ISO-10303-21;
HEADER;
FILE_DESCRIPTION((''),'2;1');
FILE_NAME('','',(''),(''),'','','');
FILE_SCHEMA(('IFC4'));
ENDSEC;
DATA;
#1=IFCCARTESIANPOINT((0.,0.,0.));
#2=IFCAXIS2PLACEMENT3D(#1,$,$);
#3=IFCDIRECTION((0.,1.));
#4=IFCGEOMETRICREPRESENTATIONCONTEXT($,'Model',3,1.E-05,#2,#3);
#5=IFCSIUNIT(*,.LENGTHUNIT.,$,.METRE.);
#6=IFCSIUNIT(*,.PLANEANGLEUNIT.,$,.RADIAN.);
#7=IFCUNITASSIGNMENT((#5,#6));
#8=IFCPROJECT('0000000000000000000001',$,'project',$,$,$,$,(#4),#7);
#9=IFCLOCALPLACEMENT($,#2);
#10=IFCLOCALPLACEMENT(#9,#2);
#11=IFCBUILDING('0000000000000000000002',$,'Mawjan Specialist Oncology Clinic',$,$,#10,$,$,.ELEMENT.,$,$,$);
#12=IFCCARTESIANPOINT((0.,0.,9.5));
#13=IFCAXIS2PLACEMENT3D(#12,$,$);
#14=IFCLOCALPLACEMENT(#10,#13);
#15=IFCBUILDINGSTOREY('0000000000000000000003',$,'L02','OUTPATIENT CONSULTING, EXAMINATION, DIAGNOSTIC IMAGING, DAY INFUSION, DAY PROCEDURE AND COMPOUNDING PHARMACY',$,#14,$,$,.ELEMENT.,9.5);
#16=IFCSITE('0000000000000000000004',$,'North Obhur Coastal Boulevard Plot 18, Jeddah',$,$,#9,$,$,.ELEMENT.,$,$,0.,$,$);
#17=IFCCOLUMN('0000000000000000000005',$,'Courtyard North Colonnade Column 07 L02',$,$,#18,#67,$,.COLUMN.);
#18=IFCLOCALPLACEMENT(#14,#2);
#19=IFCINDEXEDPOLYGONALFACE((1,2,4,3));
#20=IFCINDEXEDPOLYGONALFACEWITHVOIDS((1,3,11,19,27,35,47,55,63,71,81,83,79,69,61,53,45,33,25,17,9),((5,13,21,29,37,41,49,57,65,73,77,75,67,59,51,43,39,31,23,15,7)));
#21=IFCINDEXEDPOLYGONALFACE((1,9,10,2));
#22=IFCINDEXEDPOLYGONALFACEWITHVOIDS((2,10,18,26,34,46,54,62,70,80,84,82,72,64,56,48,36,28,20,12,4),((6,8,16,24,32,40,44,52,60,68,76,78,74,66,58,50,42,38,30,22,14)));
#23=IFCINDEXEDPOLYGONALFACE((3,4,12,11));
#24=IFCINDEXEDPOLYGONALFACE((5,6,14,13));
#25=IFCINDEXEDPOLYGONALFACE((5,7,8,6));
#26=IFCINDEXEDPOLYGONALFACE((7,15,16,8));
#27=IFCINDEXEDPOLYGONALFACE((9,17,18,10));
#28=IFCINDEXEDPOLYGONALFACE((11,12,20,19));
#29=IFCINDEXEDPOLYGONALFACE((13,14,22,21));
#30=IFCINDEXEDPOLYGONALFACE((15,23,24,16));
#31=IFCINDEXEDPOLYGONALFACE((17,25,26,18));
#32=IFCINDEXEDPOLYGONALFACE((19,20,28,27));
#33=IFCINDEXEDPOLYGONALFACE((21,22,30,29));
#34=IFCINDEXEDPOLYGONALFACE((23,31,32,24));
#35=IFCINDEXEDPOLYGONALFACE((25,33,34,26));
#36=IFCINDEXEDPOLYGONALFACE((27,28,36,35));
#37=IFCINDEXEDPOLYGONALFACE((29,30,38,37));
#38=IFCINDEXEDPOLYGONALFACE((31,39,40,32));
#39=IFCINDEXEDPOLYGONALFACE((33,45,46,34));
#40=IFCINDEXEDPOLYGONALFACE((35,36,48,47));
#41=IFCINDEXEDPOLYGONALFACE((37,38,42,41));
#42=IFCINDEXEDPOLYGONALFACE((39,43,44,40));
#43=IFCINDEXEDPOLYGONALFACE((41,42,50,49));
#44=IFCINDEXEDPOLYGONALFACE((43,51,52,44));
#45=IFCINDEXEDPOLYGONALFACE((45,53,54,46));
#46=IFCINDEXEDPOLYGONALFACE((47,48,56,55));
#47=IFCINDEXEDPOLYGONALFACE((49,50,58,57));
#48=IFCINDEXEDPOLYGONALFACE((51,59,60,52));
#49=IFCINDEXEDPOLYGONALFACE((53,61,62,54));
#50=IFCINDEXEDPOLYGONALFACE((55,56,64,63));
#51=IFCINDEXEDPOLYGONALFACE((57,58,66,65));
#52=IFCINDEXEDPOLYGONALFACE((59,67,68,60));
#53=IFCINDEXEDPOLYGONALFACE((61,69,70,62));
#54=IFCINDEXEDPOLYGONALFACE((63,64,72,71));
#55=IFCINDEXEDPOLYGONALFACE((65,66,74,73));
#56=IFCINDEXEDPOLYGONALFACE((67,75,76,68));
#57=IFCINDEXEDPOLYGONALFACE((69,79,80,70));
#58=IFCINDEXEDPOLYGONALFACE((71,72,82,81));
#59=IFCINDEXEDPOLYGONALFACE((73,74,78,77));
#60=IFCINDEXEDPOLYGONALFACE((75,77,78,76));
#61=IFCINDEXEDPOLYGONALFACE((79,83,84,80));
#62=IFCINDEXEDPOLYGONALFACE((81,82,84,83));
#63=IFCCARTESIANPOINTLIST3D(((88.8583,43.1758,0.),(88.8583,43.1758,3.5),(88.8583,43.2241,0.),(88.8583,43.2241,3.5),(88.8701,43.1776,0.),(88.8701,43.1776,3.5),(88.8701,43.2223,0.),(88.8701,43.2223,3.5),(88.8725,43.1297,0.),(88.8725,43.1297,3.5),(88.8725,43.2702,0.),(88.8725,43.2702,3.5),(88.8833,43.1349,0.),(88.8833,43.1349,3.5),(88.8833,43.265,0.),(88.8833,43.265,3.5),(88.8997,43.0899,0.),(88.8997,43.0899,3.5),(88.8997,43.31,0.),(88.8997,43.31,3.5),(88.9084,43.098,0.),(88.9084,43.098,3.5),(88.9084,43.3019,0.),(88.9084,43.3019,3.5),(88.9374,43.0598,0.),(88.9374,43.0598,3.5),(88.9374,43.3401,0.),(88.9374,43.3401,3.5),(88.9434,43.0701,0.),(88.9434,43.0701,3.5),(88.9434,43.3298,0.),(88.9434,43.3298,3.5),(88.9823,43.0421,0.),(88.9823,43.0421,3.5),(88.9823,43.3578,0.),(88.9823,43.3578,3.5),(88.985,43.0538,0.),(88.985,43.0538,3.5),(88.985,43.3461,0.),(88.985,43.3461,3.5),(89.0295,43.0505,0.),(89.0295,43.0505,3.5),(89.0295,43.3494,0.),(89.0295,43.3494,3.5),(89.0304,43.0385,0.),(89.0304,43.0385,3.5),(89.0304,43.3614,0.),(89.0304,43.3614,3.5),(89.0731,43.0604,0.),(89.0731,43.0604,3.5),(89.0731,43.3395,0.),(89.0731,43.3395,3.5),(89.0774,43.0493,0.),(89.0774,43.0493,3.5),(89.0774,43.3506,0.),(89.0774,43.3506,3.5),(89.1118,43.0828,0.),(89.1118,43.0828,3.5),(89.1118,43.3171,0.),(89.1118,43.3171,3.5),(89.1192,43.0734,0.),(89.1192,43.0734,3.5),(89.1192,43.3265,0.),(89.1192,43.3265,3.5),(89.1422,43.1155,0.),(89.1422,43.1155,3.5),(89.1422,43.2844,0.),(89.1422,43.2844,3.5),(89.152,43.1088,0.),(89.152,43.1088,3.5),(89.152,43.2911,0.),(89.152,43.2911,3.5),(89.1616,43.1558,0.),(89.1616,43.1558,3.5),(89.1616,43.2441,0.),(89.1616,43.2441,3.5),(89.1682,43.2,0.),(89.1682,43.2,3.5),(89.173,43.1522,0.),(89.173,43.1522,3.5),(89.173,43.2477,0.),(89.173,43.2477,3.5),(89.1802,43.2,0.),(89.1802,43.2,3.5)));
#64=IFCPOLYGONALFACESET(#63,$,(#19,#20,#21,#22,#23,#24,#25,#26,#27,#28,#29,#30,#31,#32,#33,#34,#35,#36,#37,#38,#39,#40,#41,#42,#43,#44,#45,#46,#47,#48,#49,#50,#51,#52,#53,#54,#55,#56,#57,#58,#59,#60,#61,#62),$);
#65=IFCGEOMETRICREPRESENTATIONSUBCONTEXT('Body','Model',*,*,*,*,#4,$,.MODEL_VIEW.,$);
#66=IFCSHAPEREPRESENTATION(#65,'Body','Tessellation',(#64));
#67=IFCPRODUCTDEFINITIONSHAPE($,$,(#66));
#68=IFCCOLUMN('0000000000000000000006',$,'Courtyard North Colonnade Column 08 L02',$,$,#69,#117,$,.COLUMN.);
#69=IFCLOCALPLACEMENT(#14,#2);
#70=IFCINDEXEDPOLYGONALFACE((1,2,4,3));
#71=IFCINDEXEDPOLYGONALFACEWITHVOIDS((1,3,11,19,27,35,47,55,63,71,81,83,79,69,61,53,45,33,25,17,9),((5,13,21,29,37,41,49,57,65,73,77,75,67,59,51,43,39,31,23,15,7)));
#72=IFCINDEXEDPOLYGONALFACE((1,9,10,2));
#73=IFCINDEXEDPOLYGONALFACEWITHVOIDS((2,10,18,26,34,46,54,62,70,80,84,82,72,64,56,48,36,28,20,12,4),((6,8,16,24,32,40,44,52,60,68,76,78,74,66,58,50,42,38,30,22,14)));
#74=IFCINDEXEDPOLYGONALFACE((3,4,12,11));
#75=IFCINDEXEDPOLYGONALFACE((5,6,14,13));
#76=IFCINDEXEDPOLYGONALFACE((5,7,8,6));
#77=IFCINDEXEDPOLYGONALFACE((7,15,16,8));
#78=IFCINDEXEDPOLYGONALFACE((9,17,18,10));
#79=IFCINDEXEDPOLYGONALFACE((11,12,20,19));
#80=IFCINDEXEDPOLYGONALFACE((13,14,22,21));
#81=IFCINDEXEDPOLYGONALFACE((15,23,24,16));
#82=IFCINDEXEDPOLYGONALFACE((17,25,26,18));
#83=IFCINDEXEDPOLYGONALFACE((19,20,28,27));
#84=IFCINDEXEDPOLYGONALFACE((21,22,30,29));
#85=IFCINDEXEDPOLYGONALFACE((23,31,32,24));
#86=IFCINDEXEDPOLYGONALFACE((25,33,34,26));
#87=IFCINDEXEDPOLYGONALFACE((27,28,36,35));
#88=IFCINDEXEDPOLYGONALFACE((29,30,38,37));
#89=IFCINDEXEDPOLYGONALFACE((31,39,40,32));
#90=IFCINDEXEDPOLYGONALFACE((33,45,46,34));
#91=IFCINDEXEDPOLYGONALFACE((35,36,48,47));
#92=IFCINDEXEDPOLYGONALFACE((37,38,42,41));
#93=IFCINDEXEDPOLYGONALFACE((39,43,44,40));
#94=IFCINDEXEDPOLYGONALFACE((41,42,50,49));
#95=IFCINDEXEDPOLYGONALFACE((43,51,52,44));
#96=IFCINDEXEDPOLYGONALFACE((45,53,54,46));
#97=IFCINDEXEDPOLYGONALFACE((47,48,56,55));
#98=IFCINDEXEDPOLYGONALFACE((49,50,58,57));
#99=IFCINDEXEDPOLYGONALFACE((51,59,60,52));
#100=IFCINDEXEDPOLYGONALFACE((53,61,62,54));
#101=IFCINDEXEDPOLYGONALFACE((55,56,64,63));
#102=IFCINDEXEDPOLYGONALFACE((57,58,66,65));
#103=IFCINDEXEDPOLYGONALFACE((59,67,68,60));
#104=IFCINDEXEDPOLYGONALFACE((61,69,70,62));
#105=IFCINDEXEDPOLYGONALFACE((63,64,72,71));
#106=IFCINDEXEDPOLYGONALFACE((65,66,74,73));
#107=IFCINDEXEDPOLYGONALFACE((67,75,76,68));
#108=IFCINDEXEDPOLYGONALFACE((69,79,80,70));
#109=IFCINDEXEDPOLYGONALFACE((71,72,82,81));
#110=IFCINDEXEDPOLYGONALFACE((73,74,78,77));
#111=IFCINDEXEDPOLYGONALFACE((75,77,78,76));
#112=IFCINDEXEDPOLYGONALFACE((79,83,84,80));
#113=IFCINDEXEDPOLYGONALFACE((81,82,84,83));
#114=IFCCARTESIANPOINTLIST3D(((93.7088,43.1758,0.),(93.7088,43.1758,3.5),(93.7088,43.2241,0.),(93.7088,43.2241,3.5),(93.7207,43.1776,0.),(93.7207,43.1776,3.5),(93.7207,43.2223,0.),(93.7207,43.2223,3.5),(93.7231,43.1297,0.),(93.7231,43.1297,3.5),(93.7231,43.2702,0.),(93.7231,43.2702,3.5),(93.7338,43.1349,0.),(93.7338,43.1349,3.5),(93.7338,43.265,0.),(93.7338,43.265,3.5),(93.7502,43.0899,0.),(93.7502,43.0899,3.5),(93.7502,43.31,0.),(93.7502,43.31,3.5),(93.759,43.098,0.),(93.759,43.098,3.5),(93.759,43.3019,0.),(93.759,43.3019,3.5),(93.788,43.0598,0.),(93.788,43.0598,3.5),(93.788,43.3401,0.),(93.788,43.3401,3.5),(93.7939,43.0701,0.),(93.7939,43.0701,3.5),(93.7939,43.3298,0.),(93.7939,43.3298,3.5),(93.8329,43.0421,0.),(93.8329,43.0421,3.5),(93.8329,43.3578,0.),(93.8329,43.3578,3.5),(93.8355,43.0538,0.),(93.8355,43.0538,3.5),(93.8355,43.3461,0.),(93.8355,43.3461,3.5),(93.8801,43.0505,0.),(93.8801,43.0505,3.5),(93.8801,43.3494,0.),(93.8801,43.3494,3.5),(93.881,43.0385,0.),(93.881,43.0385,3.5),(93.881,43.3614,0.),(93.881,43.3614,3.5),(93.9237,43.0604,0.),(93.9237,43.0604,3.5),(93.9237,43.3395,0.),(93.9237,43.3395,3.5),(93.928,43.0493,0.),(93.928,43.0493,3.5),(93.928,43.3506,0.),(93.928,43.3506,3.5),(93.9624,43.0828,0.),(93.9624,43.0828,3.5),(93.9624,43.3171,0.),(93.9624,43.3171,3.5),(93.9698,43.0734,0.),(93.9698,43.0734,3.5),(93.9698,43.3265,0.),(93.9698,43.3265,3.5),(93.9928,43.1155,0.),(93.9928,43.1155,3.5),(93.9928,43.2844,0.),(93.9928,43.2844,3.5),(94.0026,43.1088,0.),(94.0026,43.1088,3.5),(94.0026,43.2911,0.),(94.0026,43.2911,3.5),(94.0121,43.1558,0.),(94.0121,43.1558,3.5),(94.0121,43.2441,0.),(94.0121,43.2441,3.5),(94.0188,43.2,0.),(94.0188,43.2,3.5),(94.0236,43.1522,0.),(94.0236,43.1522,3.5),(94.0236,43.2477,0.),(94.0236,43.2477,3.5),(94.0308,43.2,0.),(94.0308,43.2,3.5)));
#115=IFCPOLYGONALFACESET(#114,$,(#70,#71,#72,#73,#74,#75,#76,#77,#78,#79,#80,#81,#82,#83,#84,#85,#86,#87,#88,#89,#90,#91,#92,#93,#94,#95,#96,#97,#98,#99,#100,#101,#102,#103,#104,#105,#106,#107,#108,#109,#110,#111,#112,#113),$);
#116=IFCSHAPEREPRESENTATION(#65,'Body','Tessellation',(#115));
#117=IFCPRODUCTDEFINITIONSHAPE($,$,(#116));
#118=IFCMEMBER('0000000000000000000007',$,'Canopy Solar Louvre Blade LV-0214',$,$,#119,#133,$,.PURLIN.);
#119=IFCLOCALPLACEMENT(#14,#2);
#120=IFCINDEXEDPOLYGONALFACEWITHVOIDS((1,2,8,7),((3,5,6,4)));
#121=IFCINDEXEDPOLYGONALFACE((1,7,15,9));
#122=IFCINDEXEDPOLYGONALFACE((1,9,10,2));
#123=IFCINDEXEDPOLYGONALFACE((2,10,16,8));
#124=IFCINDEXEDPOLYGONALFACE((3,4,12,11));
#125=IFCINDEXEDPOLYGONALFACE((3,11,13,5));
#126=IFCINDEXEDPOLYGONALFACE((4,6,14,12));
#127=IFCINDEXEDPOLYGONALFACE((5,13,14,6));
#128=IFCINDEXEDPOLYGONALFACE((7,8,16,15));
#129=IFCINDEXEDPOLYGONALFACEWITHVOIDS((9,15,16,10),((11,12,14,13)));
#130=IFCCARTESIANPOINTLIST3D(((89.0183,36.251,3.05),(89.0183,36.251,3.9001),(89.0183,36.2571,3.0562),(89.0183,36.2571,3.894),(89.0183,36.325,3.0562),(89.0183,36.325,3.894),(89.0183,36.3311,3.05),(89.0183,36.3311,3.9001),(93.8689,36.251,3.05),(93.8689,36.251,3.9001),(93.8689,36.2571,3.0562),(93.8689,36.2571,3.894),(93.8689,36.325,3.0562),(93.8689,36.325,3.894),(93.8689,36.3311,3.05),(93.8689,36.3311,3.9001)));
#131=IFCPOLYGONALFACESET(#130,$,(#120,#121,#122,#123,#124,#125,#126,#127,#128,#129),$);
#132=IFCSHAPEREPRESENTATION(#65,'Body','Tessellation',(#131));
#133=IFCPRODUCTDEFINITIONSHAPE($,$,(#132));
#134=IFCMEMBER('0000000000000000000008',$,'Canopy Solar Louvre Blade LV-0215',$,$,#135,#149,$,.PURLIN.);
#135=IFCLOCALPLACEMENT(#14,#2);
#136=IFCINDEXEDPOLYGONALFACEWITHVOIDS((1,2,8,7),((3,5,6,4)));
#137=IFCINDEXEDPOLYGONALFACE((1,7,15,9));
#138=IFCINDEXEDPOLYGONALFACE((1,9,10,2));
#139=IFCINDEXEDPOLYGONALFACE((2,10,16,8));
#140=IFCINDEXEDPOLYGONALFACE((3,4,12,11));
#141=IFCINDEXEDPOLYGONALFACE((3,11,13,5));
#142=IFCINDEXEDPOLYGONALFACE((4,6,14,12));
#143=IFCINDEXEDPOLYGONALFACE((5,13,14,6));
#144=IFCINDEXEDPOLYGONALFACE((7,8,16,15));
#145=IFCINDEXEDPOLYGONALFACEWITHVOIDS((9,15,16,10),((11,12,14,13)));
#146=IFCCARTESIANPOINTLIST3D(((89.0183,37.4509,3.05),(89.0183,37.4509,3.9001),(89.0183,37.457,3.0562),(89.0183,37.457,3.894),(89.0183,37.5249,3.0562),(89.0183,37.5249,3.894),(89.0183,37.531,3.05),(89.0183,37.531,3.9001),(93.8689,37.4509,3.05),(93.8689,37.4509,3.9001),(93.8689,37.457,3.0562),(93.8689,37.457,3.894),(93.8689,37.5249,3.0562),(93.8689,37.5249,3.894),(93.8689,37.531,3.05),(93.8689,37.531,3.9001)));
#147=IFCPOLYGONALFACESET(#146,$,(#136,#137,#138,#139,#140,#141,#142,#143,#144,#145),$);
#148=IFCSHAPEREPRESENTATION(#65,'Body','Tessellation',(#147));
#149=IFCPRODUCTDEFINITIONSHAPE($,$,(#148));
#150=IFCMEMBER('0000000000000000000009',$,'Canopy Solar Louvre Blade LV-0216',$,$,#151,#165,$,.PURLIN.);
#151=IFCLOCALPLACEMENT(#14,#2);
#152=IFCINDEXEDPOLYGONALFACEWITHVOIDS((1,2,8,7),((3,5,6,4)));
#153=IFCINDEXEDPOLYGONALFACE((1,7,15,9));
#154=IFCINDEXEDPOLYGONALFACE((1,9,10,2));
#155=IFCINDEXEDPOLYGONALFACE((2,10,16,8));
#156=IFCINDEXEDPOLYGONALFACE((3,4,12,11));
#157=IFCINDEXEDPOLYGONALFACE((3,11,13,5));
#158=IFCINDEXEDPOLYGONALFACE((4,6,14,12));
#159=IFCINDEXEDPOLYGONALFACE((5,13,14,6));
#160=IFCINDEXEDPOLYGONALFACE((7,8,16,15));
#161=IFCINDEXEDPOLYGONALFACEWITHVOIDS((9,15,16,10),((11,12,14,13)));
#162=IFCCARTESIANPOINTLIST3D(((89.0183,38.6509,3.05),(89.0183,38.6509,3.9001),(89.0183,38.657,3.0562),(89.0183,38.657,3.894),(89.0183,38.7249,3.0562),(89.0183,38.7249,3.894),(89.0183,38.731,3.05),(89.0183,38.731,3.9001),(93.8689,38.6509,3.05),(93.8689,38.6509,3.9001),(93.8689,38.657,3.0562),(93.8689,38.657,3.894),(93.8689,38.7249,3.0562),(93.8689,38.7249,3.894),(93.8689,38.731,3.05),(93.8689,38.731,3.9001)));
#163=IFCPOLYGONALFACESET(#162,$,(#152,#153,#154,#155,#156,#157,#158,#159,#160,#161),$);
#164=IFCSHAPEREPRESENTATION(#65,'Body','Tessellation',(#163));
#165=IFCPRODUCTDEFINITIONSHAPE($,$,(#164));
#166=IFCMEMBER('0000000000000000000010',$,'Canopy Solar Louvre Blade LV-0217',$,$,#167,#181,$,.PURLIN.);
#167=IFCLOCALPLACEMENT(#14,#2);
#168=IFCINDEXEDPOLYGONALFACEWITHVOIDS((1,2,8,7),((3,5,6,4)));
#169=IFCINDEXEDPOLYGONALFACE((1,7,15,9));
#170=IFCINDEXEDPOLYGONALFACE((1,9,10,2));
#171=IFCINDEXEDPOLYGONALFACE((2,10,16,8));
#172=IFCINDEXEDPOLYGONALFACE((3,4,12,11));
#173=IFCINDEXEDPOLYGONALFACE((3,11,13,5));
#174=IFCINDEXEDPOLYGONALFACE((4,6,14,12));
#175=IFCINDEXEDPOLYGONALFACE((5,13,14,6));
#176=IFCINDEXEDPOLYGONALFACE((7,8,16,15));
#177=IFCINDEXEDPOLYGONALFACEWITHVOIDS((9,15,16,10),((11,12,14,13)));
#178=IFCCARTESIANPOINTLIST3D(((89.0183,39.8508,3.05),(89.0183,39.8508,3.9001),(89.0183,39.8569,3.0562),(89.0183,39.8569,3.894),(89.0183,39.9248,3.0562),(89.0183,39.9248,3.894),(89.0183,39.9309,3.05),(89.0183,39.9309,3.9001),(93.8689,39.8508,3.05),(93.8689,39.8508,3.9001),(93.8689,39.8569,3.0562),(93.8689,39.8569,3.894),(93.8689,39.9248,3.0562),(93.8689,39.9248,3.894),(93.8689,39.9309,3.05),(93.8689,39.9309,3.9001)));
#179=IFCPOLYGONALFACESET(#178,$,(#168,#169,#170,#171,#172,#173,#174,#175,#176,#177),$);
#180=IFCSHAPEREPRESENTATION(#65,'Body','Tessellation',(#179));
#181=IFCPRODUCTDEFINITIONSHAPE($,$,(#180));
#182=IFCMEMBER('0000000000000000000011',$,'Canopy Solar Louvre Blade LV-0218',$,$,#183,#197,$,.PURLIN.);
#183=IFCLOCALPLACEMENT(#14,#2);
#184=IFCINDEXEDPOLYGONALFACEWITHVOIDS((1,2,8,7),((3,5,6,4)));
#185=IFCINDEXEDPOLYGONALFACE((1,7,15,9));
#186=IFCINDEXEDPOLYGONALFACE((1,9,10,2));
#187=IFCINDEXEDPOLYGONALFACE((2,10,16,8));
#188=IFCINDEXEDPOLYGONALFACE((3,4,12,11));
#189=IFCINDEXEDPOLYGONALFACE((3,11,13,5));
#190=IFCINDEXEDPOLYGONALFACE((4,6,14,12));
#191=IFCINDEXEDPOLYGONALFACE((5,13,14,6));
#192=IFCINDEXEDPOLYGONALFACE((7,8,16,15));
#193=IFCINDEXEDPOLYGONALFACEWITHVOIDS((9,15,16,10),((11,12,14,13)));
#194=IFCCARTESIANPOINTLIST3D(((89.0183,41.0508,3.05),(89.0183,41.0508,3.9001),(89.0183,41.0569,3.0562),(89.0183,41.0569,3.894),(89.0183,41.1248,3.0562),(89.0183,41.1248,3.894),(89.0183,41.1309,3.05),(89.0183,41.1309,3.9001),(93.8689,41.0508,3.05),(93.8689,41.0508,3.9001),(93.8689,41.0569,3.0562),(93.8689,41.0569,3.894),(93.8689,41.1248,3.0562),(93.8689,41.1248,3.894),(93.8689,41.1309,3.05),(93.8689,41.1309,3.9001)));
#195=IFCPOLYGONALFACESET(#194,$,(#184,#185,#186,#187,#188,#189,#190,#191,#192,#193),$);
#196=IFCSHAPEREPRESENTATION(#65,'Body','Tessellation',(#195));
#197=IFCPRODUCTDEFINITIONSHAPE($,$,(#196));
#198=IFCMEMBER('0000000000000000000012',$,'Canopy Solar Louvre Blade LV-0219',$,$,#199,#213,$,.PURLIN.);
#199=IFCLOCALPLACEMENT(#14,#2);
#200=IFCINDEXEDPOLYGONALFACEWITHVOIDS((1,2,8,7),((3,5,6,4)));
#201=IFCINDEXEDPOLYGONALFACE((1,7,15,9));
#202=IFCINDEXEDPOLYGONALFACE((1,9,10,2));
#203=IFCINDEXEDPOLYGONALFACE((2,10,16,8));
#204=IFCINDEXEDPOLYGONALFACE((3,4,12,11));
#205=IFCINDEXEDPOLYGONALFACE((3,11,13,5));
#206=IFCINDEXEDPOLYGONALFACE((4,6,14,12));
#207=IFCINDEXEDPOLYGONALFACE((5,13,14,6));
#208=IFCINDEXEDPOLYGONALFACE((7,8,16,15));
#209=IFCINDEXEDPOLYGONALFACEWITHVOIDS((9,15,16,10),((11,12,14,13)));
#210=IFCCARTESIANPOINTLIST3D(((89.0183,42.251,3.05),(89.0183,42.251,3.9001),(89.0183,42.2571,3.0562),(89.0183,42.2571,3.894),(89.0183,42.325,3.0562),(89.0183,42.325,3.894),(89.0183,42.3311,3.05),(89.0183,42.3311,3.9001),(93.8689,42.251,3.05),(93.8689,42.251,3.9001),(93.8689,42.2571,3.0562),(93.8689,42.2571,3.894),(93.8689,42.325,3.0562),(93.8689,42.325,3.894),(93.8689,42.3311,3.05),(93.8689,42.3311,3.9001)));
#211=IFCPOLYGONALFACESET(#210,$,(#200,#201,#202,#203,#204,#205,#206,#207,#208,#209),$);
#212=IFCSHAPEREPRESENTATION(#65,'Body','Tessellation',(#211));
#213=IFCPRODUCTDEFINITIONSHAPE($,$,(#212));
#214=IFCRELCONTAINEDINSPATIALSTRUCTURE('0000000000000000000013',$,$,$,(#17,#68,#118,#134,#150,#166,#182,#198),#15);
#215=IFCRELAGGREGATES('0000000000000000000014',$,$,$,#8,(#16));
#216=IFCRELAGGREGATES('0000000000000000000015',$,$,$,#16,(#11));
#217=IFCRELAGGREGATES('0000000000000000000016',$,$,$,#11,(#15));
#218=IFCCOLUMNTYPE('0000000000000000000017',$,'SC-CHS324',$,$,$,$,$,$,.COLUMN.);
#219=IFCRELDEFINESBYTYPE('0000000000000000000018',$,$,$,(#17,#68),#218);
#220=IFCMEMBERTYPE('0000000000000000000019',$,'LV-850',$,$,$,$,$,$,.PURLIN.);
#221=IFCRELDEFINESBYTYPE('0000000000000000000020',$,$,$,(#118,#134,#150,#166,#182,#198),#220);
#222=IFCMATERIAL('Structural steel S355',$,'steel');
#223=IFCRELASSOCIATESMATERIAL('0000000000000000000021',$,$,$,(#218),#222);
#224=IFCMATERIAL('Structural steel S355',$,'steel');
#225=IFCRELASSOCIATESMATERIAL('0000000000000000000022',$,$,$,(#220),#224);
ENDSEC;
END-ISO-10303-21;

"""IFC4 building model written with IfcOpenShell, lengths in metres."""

from ifc_helpers import new_model, si_unit, direction, frame, origin, origin_2d, place, context, subcontext, project, spatial, hollow_rectangle, hollow_circle, extrude, material, material_profile, profile_set, type_object, element, save


model = new_model("IFC4")

# Units and contexts
model_context = context("Model", 3, precision=1e-05, world=origin(), true_north=direction((0.0, 1.0)))
body_context = subcontext(model_context, "Body", "Model", "MODEL_VIEW")
ifc_project = project(units=[si_unit("LENGTHUNIT", "METRE"), si_unit("PLANEANGLEUNIT", "RADIAN")], contexts=[model_context])

# Site, building, storey
site_placement = place(None, origin())
site = spatial("IfcSite", under=ifc_project, at=site_placement, Name="North Obhur Coastal Boulevard Plot 18, Jeddah", CompositionType="ELEMENT", RefElevation=0.0)
building_placement = place(site_placement, origin())
building = spatial("IfcBuilding", under=site, at=building_placement, Name="Mawjan Specialist Oncology Clinic", CompositionType="ELEMENT")
storey_placement = place(building_placement, frame((0.0, 0.0, 9.5)))
storey = spatial("IfcBuildingStorey", under=building, at=storey_placement, Name="L02", Description="OUTPATIENT CONSULTING, EXAMINATION, DIAGNOSTIC IMAGING, DAY INFUSION, DAY PROCEDURE AND COMPOUNDING PHARMACY", CompositionType="ELEMENT", Elevation=9.5)

# Columns
ifc_material_1 = material(Name="Structural steel S355", Category="steel")
ifc_material_profile_1 = material_profile(ifc_material_1, hollow_circle(Radius=0.1619, WallThickness=0.012, at=origin_2d()), Name="CHS 323.9x12", Category="steel")
ifc_profile_set_1 = profile_set([ifc_material_profile_1], Name="Structural steel S355")
column_type = type_object("IfcColumnType", Name="SC-CHS324", PredefinedType="COLUMN", material=ifc_profile_set_1)
for number, where, z_axis, x_axis, name in (
    (1, (89.0183, 43.2, 0.0), (0.0, 0.0, 1.0), (1.0, 0.0, 0.0), "Courtyard North Colonnade Column 07 L02"),
    (2, (93.8689, 43.2, 0.0), (0.0, 0.0, 1.0), (1.0, 0.0, 0.0), "Courtyard North Colonnade Column 08 L02"),
):
    element("IfcColumn", number, at=place(storey_placement, frame(where, z_axis=z_axis, x_axis=x_axis)), inside=storey, type_object=column_type, Name=name, PredefinedType="COLUMN", context=body_context, shape_type="SweptSolid", body=[
        extrude(hollow_circle(Radius=0.1619, WallThickness=0.012, at=origin_2d()), origin(), (0.0, 0.0, 1.0), 3.5),
    ])

# Members
ifc_material_2 = material(Name="Structural steel S355", Category="steel")
ifc_material_profile_2 = material_profile(ifc_material_2, hollow_rectangle(XDim=0.0801, YDim=0.8501, WallThickness=0.0061, at=origin_2d()), Name="LOUVRE 850x80x6", Category="steel")
ifc_profile_set_2 = profile_set([ifc_material_profile_2], Name="Structural steel S355")
member_type_1 = type_object("IfcMemberType", Name="LV-850", PredefinedType="PURLIN", material=ifc_profile_set_2)
for number, where, z_axis, x_axis, name in (
    (3, (89.0183, 36.291, 3.4751), (1.0, 0.0, 0.0), (0.0, 1.0, 0.0), "Canopy Solar Louvre Blade LV-0214"),
    (4, (89.0183, 37.491, 3.4751), (1.0, 0.0, 0.0), (0.0, 1.0, 0.0), "Canopy Solar Louvre Blade LV-0215"),
    (5, (89.0183, 38.6909, 3.4751), (1.0, 0.0, 0.0), (0.0, 1.0, 0.0), "Canopy Solar Louvre Blade LV-0216"),
    (6, (89.0183, 39.8909, 3.4751), (1.0, 0.0, 0.0), (0.0, 1.0, 0.0), "Canopy Solar Louvre Blade LV-0217"),
    (7, (89.0183, 41.0908, 3.4751), (1.0, 0.0, 0.0), (0.0, 1.0, 0.0), "Canopy Solar Louvre Blade LV-0218"),
    (8, (89.0183, 42.291, 3.4751), (1.0, 0.0, 0.0), (0.0, 1.0, 0.0), "Canopy Solar Louvre Blade LV-0219"),
):
    element("IfcMember", number, at=place(storey_placement, frame(where, z_axis=z_axis, x_axis=x_axis)), inside=storey, type_object=member_type_1, Name=name, PredefinedType="PURLIN", context=body_context, shape_type="SweptSolid", body=[
        extrude(hollow_rectangle(XDim=0.0801, YDim=0.8501, WallThickness=0.0061, at=origin_2d()), origin(), (0.0, 0.0, 1.0), 4.8506),
    ])

save(model, "model.ifc")
